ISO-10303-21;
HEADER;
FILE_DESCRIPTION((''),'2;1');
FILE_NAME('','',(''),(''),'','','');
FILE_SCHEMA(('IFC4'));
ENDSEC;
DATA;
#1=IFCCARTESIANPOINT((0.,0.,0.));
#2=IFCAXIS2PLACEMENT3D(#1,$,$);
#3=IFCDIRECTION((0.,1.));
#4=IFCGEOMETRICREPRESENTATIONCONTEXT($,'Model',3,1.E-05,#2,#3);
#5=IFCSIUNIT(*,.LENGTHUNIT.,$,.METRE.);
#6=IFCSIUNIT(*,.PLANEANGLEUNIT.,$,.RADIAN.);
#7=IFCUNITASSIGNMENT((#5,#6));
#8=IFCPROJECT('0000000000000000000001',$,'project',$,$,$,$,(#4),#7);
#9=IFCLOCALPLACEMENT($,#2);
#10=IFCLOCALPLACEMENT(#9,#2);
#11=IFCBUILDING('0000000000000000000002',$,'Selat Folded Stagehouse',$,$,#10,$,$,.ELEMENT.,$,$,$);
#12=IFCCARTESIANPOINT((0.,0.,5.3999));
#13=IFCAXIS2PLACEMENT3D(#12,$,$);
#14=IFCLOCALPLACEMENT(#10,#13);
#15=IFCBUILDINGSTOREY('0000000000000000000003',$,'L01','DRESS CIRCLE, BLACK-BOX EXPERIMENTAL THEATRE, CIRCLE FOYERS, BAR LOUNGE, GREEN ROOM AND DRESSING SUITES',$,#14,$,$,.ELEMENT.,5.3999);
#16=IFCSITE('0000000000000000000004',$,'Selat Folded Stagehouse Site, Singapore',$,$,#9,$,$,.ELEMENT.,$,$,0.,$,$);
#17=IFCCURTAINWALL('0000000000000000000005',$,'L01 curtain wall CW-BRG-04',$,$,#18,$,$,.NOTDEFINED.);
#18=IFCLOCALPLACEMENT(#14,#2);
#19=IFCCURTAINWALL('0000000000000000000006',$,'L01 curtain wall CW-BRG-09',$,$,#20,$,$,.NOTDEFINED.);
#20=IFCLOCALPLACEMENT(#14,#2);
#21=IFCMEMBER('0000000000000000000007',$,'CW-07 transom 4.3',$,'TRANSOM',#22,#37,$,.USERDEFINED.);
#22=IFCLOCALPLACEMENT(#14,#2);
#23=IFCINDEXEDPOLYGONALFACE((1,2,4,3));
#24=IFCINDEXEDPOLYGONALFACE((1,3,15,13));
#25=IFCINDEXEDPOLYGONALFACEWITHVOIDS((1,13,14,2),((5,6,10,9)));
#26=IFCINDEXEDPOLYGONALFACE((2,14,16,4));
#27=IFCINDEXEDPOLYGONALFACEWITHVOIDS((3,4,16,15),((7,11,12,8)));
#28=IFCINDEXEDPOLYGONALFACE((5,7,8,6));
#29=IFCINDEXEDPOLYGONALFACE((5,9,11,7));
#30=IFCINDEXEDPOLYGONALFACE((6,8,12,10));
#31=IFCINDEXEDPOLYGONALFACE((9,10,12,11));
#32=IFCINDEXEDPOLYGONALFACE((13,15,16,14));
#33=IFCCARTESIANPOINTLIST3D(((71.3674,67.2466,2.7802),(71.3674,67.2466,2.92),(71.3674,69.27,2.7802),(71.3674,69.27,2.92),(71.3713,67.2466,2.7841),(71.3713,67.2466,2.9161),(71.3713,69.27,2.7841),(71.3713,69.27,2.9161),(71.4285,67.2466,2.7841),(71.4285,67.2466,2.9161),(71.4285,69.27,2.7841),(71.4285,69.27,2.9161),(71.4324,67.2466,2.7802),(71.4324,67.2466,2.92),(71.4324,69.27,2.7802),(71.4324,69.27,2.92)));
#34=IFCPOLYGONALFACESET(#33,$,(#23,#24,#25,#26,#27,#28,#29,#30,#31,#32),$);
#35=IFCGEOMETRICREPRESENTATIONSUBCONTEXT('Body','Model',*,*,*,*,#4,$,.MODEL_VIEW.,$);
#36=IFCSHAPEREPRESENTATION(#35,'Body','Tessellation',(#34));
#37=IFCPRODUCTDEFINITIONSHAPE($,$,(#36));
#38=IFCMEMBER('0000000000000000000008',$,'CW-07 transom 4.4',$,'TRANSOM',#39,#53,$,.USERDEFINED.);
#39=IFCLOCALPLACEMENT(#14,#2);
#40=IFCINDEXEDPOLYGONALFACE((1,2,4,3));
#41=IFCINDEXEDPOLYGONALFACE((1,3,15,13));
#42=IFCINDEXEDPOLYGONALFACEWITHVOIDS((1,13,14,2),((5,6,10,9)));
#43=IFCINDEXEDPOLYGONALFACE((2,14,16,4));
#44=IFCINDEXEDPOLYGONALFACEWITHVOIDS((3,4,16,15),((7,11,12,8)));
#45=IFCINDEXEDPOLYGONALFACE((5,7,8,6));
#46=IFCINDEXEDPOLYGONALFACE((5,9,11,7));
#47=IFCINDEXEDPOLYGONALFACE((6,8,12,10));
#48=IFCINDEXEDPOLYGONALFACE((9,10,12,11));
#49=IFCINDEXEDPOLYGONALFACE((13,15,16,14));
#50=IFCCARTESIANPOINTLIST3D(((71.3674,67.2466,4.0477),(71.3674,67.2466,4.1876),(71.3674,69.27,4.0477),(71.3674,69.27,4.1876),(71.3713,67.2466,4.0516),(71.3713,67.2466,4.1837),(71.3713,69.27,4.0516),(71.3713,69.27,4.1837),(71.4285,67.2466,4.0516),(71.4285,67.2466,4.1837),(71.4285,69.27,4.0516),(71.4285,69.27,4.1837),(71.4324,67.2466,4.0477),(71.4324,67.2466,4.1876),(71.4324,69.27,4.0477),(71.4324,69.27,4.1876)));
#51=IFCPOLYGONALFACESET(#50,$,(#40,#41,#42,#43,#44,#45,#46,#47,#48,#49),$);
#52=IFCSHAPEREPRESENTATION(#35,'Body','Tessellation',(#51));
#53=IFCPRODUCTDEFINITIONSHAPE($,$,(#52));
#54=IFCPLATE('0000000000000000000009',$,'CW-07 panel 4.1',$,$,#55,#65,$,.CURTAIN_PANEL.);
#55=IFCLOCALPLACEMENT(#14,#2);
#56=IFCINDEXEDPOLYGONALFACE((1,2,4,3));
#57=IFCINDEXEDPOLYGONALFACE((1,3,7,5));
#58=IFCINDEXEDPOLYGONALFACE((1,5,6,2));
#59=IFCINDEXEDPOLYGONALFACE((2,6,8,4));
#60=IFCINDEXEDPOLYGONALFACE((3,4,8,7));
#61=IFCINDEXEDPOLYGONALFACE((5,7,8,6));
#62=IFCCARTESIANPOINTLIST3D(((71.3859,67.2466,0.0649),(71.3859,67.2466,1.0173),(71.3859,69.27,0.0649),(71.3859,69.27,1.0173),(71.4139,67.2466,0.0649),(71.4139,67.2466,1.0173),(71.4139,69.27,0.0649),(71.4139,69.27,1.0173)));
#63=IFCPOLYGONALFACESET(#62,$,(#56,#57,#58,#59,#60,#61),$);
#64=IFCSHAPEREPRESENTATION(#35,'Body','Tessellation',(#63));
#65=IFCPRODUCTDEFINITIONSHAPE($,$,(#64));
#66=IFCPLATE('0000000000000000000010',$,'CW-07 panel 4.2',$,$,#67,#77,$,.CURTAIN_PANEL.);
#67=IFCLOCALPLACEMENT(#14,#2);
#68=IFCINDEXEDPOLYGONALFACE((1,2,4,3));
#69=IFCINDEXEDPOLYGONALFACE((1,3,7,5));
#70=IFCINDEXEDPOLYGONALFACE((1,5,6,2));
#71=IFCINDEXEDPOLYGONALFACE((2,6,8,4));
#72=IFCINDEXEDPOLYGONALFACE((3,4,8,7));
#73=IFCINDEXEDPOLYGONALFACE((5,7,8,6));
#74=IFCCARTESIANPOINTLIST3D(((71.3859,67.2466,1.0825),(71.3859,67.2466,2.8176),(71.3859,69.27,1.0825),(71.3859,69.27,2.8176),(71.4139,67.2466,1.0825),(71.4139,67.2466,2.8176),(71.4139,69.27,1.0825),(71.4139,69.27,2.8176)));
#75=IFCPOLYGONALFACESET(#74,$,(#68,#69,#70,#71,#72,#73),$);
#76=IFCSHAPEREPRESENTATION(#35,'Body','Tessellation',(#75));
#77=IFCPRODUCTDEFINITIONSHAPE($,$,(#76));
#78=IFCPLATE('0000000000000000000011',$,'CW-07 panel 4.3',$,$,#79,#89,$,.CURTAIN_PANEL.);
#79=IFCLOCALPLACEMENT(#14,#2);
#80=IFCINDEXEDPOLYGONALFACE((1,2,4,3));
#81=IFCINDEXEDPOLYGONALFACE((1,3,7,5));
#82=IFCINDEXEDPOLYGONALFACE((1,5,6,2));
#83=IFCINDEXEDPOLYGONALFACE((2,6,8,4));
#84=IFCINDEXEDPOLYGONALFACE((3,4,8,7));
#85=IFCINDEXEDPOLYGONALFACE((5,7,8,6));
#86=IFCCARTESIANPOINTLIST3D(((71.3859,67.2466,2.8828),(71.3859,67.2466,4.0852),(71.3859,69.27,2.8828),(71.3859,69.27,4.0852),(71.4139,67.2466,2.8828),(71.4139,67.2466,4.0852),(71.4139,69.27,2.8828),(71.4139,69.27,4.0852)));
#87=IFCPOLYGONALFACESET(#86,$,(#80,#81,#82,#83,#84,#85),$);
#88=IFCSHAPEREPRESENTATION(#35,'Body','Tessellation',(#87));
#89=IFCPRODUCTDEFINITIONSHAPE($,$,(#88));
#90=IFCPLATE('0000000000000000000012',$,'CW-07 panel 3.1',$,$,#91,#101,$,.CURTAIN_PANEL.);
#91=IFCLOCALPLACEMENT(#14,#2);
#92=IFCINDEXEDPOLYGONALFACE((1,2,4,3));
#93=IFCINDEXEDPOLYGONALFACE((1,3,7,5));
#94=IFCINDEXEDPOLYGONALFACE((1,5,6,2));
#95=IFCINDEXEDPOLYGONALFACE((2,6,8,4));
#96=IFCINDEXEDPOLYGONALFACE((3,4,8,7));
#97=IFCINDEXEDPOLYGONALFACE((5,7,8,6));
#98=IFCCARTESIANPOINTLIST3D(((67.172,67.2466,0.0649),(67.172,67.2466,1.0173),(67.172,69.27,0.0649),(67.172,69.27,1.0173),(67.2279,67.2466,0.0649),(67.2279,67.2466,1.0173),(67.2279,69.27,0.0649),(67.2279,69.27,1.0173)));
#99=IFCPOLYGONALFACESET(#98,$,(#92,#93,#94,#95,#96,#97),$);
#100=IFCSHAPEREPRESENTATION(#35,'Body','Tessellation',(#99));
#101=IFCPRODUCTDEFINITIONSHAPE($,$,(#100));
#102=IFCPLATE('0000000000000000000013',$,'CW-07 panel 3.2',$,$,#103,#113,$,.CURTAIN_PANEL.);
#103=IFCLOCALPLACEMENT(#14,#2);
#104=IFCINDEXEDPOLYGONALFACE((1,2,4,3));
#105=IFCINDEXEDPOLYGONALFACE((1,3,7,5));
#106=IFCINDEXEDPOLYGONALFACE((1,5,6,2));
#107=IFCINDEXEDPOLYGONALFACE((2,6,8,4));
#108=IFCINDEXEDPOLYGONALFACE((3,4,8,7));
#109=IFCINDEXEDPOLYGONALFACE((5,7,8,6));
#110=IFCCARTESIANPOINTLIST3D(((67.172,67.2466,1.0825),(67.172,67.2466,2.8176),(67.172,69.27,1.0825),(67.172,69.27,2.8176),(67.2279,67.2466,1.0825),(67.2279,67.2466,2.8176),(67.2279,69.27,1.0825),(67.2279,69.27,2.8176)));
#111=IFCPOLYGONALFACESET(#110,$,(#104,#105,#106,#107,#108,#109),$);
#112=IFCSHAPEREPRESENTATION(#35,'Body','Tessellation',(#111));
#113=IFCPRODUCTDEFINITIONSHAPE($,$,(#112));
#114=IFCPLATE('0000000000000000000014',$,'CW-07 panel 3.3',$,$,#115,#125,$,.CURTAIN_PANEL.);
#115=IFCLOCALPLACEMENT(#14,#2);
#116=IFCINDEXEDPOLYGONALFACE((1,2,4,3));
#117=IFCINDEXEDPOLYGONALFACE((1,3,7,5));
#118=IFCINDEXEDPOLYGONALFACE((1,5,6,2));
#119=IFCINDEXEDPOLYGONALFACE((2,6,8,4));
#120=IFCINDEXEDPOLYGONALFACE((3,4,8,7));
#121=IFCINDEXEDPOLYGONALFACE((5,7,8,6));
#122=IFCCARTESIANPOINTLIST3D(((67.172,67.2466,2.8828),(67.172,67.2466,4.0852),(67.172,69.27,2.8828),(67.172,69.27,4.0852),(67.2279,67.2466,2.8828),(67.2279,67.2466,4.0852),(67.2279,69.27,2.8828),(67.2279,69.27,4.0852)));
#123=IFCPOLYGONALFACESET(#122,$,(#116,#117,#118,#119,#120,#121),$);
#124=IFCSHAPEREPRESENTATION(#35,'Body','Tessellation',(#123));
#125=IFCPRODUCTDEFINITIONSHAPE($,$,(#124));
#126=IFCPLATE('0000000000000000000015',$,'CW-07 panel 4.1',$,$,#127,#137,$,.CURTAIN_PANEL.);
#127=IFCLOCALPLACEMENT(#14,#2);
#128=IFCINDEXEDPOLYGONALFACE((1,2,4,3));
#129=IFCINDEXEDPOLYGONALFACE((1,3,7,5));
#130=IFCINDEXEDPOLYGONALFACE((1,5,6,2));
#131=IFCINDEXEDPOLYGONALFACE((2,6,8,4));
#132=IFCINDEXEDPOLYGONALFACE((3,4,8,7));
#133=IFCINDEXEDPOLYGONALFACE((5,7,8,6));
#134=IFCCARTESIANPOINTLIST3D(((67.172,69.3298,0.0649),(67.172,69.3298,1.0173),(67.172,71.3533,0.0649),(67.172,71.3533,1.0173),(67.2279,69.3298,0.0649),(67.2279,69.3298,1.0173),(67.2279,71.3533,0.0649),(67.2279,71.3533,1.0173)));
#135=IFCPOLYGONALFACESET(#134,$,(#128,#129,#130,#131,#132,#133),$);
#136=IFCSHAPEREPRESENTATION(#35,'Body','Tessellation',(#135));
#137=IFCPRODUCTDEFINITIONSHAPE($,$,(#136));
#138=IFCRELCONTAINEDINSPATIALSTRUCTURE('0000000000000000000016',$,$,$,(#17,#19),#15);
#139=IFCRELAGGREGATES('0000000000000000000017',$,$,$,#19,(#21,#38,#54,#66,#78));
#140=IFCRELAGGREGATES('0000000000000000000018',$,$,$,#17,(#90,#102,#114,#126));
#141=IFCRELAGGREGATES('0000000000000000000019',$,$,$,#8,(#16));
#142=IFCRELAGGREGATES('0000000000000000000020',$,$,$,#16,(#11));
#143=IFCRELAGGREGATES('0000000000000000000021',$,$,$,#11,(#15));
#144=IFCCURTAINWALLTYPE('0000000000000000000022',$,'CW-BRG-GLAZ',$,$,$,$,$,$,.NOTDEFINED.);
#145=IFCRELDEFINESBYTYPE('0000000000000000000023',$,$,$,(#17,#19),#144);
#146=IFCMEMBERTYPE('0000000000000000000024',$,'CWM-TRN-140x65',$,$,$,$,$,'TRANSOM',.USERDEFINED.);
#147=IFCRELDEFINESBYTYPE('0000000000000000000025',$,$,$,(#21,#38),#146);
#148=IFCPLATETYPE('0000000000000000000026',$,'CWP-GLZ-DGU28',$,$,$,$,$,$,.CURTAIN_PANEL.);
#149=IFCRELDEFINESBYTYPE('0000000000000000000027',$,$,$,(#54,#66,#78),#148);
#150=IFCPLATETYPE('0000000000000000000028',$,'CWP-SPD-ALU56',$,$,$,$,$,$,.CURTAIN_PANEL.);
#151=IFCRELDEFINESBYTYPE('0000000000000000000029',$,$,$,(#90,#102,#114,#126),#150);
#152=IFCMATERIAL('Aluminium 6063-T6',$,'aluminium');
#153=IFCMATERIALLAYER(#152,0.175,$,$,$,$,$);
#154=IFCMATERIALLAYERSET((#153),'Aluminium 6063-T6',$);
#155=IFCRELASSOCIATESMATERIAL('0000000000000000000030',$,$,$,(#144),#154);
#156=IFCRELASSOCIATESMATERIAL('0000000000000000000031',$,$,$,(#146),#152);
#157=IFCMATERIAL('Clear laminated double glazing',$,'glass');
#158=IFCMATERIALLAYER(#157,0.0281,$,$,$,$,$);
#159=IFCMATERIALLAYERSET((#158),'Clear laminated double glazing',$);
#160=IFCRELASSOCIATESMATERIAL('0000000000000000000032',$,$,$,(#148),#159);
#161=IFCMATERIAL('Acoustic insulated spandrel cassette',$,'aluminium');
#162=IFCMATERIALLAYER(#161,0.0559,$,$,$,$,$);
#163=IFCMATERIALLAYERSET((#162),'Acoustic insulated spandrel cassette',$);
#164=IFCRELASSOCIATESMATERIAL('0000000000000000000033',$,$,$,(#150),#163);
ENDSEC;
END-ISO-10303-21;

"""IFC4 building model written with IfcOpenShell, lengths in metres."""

from ifc_helpers import new_model, si_unit, direction, frame, origin, origin_2d, place, context, subcontext, project, spatial, rectangle, hollow_rectangle, extrude, material, layer, layer_set, material_profile, profile_set, type_object, element, aggregate, save


model = new_model("IFC4")

# Units and contexts
model_context = context("Model", 3, precision=1e-05, world=origin(), true_north=direction((0.0, 1.0)))
body_context = subcontext(model_context, "Body", "Model", "MODEL_VIEW")
ifc_project = project(units=[si_unit("LENGTHUNIT", "METRE"), si_unit("PLANEANGLEUNIT", "RADIAN")], contexts=[model_context])

# Site, building, storey
site_placement = place(None, origin())
site = spatial("IfcSite", under=ifc_project, at=site_placement, Name="Selat Folded Stagehouse Site, Singapore", CompositionType="ELEMENT", RefElevation=0.0)
building_placement = place(site_placement, origin())
building = spatial("IfcBuilding", under=site, at=building_placement, Name="Selat Folded Stagehouse", CompositionType="ELEMENT")
storey_placement = place(building_placement, frame((0.0, 0.0, 5.3999)))
storey = spatial("IfcBuildingStorey", under=building, at=storey_placement, Name="L01", Description="DRESS CIRCLE, BLACK-BOX EXPERIMENTAL THEATRE, CIRCLE FOYERS, BAR LOUNGE, GREEN ROOM AND DRESSING SUITES", CompositionType="ELEMENT", Elevation=5.3999)

# Curtain walls
ifc_material_1 = material(Name="Aluminium 6063-T6", Category="aluminium")
ifc_layer_1 = layer(ifc_material_1, 0.175)
ifc_layer_set_1 = layer_set([ifc_layer_1], Name="Aluminium 6063-T6")
curtain_wall_type = type_object("IfcCurtainWallType", Name="CW-BRG-GLAZ", PredefinedType="NOTDEFINED", material=ifc_layer_set_1)
curtain_wall_1_placement = place(storey_placement, origin())
curtain_wall_1 = element("IfcCurtainWall", 1, at=curtain_wall_1_placement, inside=storey, type_object=curtain_wall_type, Name="L01 curtain wall CW-BRG-04", PredefinedType="NOTDEFINED")
curtain_wall_2_placement = place(storey_placement, origin())
curtain_wall_2 = element("IfcCurtainWall", 2, at=curtain_wall_2_placement, inside=storey, type_object=curtain_wall_type, Name="L01 curtain wall CW-BRG-09", PredefinedType="NOTDEFINED")

# Members
ifc_material_profile_1 = material_profile(ifc_material_1, hollow_rectangle(XDim=0.0649, YDim=0.1399, WallThickness=0.0039, at=origin_2d()), Name="ALU 140x65x4.0")
ifc_profile_set_1 = profile_set([ifc_material_profile_1], Name="Aluminium 6063-T6")
member_type_1 = type_object("IfcMemberType", Name="CWM-TRN-140x65", ElementType="TRANSOM", PredefinedType="USERDEFINED", material=ifc_profile_set_1)
member_1_placement = place(storey_placement, frame((71.3999, 69.27, 2.8501), z_axis=(0.0, -1.0, 0.0), x_axis=(1.0, 0.0, 0.0)))
member_1 = element("IfcMember", 3, at=member_1_placement, type_object=member_type_1, Name="CW-07 transom 4.3", ObjectType="TRANSOM", PredefinedType="USERDEFINED", context=body_context, shape_type="SweptSolid", body=[
    extrude(hollow_rectangle(XDim=0.0649, YDim=0.1399, WallThickness=0.0039, at=origin_2d()), origin(), (0.0, 0.0, 1.0), 2.0234),
])
member_2_placement = place(storey_placement, frame((71.3999, 69.27, 4.1177), z_axis=(0.0, -1.0, 0.0), x_axis=(1.0, 0.0, 0.0)))
member_2 = element("IfcMember", 4, at=member_2_placement, type_object=member_type_1, Name="CW-07 transom 4.4", ObjectType="TRANSOM", PredefinedType="USERDEFINED", context=body_context, shape_type="SweptSolid", body=[
    extrude(hollow_rectangle(XDim=0.0649, YDim=0.1399, WallThickness=0.0039, at=origin_2d()), origin(), (0.0, 0.0, 1.0), 2.0234),
])

# Plates
ifc_material_2 = material(Name="Clear laminated double glazing", Category="glass")
ifc_layer_2 = layer(ifc_material_2, 0.0281)
ifc_layer_set_2 = layer_set([ifc_layer_2], Name="Clear laminated double glazing")
plate_type_1 = type_object("IfcPlateType", Name="CWP-GLZ-DGU28", PredefinedType="CURTAIN_PANEL", material=ifc_layer_set_2)
plate_1_placement = place(storey_placement, frame((71.3999, 68.2583, 0.0649), z_axis=(0.0, 0.0, 1.0), x_axis=(0.0, -1.0, 0.0)))
plate_1 = element("IfcPlate", 5, at=plate_1_placement, type_object=plate_type_1, Name="CW-07 panel 4.1", PredefinedType="CURTAIN_PANEL", context=body_context, shape_type="SweptSolid", body=[
    extrude(rectangle(XDim=2.0234, YDim=0.0281, at=origin_2d()), origin(), (0.0, 0.0, 1.0), 0.9524),
])
plate_2_placement = place(storey_placement, frame((71.3999, 68.2583, 1.0825), z_axis=(0.0, 0.0, 1.0), x_axis=(0.0, -1.0, 0.0)))
plate_2 = element("IfcPlate", 6, at=plate_2_placement, type_object=plate_type_1, Name="CW-07 panel 4.2", PredefinedType="CURTAIN_PANEL", context=body_context, shape_type="SweptSolid", body=[
    extrude(rectangle(XDim=2.0234, YDim=0.0281, at=origin_2d()), origin(), (0.0, 0.0, 1.0), 1.7351),
])
plate_3_placement = place(storey_placement, frame((71.3999, 68.2583, 2.8828), z_axis=(0.0, 0.0, 1.0), x_axis=(0.0, -1.0, 0.0)))
plate_3 = element("IfcPlate", 7, at=plate_3_placement, type_object=plate_type_1, Name="CW-07 panel 4.3", PredefinedType="CURTAIN_PANEL", context=body_context, shape_type="SweptSolid", body=[
    extrude(rectangle(XDim=2.0234, YDim=0.0281, at=origin_2d()), origin(), (0.0, 0.0, 1.0), 1.2024),
])
aggregate(curtain_wall_2, [member_1, member_2, plate_1, plate_2, plate_3])
ifc_material_3 = material(Name="Acoustic insulated spandrel cassette", Category="aluminium")
ifc_layer_3 = layer(ifc_material_3, 0.0559)
ifc_layer_set_3 = layer_set([ifc_layer_3], Name="Acoustic insulated spandrel cassette")
plate_type_2 = type_object("IfcPlateType", Name="CWP-SPD-ALU56", PredefinedType="CURTAIN_PANEL", material=ifc_layer_set_3)
plate_4_placement = place(storey_placement, frame((67.2, 68.2583, 0.0649), z_axis=(0.0, 0.0, 1.0), x_axis=(0.0, 1.0, 0.0)))
plate_4 = element("IfcPlate", 8, at=plate_4_placement, type_object=plate_type_2, Name="CW-07 panel 3.1", PredefinedType="CURTAIN_PANEL", context=body_context, shape_type="SweptSolid", body=[
    extrude(rectangle(XDim=2.0234, YDim=0.0559, at=origin_2d()), origin(), (0.0, 0.0, 1.0), 0.9524),
])
plate_5_placement = place(storey_placement, frame((67.2, 68.2583, 1.0825), z_axis=(0.0, 0.0, 1.0), x_axis=(0.0, 1.0, 0.0)))
plate_5 = element("IfcPlate", 9, at=plate_5_placement, type_object=plate_type_2, Name="CW-07 panel 3.2", PredefinedType="CURTAIN_PANEL", context=body_context, shape_type="SweptSolid", body=[
    extrude(rectangle(XDim=2.0234, YDim=0.0559, at=origin_2d()), origin(), (0.0, 0.0, 1.0), 1.7351),
])
plate_6_placement = place(storey_placement, frame((67.2, 68.2583, 2.8828), z_axis=(0.0, 0.0, 1.0), x_axis=(0.0, 1.0, 0.0)))
plate_6 = element("IfcPlate", 10, at=plate_6_placement, type_object=plate_type_2, Name="CW-07 panel 3.3", PredefinedType="CURTAIN_PANEL", context=body_context, shape_type="SweptSolid", body=[
    extrude(rectangle(XDim=2.0234, YDim=0.0559, at=origin_2d()), origin(), (0.0, 0.0, 1.0), 1.2024),
])
plate_7_placement = place(storey_placement, frame((67.2, 70.3416, 0.0649), z_axis=(0.0, 0.0, 1.0), x_axis=(0.0, 1.0, 0.0)))
plate_7 = element("IfcPlate", 11, at=plate_7_placement, type_object=plate_type_2, Name="CW-07 panel 4.1", PredefinedType="CURTAIN_PANEL", context=body_context, shape_type="SweptSolid", body=[
    extrude(rectangle(XDim=2.0234, YDim=0.0559, at=origin_2d()), origin(), (0.0, 0.0, 1.0), 0.9524),
])
aggregate(curtain_wall_1, [plate_4, plate_5, plate_6, plate_7])

save(model, "model.ifc")
